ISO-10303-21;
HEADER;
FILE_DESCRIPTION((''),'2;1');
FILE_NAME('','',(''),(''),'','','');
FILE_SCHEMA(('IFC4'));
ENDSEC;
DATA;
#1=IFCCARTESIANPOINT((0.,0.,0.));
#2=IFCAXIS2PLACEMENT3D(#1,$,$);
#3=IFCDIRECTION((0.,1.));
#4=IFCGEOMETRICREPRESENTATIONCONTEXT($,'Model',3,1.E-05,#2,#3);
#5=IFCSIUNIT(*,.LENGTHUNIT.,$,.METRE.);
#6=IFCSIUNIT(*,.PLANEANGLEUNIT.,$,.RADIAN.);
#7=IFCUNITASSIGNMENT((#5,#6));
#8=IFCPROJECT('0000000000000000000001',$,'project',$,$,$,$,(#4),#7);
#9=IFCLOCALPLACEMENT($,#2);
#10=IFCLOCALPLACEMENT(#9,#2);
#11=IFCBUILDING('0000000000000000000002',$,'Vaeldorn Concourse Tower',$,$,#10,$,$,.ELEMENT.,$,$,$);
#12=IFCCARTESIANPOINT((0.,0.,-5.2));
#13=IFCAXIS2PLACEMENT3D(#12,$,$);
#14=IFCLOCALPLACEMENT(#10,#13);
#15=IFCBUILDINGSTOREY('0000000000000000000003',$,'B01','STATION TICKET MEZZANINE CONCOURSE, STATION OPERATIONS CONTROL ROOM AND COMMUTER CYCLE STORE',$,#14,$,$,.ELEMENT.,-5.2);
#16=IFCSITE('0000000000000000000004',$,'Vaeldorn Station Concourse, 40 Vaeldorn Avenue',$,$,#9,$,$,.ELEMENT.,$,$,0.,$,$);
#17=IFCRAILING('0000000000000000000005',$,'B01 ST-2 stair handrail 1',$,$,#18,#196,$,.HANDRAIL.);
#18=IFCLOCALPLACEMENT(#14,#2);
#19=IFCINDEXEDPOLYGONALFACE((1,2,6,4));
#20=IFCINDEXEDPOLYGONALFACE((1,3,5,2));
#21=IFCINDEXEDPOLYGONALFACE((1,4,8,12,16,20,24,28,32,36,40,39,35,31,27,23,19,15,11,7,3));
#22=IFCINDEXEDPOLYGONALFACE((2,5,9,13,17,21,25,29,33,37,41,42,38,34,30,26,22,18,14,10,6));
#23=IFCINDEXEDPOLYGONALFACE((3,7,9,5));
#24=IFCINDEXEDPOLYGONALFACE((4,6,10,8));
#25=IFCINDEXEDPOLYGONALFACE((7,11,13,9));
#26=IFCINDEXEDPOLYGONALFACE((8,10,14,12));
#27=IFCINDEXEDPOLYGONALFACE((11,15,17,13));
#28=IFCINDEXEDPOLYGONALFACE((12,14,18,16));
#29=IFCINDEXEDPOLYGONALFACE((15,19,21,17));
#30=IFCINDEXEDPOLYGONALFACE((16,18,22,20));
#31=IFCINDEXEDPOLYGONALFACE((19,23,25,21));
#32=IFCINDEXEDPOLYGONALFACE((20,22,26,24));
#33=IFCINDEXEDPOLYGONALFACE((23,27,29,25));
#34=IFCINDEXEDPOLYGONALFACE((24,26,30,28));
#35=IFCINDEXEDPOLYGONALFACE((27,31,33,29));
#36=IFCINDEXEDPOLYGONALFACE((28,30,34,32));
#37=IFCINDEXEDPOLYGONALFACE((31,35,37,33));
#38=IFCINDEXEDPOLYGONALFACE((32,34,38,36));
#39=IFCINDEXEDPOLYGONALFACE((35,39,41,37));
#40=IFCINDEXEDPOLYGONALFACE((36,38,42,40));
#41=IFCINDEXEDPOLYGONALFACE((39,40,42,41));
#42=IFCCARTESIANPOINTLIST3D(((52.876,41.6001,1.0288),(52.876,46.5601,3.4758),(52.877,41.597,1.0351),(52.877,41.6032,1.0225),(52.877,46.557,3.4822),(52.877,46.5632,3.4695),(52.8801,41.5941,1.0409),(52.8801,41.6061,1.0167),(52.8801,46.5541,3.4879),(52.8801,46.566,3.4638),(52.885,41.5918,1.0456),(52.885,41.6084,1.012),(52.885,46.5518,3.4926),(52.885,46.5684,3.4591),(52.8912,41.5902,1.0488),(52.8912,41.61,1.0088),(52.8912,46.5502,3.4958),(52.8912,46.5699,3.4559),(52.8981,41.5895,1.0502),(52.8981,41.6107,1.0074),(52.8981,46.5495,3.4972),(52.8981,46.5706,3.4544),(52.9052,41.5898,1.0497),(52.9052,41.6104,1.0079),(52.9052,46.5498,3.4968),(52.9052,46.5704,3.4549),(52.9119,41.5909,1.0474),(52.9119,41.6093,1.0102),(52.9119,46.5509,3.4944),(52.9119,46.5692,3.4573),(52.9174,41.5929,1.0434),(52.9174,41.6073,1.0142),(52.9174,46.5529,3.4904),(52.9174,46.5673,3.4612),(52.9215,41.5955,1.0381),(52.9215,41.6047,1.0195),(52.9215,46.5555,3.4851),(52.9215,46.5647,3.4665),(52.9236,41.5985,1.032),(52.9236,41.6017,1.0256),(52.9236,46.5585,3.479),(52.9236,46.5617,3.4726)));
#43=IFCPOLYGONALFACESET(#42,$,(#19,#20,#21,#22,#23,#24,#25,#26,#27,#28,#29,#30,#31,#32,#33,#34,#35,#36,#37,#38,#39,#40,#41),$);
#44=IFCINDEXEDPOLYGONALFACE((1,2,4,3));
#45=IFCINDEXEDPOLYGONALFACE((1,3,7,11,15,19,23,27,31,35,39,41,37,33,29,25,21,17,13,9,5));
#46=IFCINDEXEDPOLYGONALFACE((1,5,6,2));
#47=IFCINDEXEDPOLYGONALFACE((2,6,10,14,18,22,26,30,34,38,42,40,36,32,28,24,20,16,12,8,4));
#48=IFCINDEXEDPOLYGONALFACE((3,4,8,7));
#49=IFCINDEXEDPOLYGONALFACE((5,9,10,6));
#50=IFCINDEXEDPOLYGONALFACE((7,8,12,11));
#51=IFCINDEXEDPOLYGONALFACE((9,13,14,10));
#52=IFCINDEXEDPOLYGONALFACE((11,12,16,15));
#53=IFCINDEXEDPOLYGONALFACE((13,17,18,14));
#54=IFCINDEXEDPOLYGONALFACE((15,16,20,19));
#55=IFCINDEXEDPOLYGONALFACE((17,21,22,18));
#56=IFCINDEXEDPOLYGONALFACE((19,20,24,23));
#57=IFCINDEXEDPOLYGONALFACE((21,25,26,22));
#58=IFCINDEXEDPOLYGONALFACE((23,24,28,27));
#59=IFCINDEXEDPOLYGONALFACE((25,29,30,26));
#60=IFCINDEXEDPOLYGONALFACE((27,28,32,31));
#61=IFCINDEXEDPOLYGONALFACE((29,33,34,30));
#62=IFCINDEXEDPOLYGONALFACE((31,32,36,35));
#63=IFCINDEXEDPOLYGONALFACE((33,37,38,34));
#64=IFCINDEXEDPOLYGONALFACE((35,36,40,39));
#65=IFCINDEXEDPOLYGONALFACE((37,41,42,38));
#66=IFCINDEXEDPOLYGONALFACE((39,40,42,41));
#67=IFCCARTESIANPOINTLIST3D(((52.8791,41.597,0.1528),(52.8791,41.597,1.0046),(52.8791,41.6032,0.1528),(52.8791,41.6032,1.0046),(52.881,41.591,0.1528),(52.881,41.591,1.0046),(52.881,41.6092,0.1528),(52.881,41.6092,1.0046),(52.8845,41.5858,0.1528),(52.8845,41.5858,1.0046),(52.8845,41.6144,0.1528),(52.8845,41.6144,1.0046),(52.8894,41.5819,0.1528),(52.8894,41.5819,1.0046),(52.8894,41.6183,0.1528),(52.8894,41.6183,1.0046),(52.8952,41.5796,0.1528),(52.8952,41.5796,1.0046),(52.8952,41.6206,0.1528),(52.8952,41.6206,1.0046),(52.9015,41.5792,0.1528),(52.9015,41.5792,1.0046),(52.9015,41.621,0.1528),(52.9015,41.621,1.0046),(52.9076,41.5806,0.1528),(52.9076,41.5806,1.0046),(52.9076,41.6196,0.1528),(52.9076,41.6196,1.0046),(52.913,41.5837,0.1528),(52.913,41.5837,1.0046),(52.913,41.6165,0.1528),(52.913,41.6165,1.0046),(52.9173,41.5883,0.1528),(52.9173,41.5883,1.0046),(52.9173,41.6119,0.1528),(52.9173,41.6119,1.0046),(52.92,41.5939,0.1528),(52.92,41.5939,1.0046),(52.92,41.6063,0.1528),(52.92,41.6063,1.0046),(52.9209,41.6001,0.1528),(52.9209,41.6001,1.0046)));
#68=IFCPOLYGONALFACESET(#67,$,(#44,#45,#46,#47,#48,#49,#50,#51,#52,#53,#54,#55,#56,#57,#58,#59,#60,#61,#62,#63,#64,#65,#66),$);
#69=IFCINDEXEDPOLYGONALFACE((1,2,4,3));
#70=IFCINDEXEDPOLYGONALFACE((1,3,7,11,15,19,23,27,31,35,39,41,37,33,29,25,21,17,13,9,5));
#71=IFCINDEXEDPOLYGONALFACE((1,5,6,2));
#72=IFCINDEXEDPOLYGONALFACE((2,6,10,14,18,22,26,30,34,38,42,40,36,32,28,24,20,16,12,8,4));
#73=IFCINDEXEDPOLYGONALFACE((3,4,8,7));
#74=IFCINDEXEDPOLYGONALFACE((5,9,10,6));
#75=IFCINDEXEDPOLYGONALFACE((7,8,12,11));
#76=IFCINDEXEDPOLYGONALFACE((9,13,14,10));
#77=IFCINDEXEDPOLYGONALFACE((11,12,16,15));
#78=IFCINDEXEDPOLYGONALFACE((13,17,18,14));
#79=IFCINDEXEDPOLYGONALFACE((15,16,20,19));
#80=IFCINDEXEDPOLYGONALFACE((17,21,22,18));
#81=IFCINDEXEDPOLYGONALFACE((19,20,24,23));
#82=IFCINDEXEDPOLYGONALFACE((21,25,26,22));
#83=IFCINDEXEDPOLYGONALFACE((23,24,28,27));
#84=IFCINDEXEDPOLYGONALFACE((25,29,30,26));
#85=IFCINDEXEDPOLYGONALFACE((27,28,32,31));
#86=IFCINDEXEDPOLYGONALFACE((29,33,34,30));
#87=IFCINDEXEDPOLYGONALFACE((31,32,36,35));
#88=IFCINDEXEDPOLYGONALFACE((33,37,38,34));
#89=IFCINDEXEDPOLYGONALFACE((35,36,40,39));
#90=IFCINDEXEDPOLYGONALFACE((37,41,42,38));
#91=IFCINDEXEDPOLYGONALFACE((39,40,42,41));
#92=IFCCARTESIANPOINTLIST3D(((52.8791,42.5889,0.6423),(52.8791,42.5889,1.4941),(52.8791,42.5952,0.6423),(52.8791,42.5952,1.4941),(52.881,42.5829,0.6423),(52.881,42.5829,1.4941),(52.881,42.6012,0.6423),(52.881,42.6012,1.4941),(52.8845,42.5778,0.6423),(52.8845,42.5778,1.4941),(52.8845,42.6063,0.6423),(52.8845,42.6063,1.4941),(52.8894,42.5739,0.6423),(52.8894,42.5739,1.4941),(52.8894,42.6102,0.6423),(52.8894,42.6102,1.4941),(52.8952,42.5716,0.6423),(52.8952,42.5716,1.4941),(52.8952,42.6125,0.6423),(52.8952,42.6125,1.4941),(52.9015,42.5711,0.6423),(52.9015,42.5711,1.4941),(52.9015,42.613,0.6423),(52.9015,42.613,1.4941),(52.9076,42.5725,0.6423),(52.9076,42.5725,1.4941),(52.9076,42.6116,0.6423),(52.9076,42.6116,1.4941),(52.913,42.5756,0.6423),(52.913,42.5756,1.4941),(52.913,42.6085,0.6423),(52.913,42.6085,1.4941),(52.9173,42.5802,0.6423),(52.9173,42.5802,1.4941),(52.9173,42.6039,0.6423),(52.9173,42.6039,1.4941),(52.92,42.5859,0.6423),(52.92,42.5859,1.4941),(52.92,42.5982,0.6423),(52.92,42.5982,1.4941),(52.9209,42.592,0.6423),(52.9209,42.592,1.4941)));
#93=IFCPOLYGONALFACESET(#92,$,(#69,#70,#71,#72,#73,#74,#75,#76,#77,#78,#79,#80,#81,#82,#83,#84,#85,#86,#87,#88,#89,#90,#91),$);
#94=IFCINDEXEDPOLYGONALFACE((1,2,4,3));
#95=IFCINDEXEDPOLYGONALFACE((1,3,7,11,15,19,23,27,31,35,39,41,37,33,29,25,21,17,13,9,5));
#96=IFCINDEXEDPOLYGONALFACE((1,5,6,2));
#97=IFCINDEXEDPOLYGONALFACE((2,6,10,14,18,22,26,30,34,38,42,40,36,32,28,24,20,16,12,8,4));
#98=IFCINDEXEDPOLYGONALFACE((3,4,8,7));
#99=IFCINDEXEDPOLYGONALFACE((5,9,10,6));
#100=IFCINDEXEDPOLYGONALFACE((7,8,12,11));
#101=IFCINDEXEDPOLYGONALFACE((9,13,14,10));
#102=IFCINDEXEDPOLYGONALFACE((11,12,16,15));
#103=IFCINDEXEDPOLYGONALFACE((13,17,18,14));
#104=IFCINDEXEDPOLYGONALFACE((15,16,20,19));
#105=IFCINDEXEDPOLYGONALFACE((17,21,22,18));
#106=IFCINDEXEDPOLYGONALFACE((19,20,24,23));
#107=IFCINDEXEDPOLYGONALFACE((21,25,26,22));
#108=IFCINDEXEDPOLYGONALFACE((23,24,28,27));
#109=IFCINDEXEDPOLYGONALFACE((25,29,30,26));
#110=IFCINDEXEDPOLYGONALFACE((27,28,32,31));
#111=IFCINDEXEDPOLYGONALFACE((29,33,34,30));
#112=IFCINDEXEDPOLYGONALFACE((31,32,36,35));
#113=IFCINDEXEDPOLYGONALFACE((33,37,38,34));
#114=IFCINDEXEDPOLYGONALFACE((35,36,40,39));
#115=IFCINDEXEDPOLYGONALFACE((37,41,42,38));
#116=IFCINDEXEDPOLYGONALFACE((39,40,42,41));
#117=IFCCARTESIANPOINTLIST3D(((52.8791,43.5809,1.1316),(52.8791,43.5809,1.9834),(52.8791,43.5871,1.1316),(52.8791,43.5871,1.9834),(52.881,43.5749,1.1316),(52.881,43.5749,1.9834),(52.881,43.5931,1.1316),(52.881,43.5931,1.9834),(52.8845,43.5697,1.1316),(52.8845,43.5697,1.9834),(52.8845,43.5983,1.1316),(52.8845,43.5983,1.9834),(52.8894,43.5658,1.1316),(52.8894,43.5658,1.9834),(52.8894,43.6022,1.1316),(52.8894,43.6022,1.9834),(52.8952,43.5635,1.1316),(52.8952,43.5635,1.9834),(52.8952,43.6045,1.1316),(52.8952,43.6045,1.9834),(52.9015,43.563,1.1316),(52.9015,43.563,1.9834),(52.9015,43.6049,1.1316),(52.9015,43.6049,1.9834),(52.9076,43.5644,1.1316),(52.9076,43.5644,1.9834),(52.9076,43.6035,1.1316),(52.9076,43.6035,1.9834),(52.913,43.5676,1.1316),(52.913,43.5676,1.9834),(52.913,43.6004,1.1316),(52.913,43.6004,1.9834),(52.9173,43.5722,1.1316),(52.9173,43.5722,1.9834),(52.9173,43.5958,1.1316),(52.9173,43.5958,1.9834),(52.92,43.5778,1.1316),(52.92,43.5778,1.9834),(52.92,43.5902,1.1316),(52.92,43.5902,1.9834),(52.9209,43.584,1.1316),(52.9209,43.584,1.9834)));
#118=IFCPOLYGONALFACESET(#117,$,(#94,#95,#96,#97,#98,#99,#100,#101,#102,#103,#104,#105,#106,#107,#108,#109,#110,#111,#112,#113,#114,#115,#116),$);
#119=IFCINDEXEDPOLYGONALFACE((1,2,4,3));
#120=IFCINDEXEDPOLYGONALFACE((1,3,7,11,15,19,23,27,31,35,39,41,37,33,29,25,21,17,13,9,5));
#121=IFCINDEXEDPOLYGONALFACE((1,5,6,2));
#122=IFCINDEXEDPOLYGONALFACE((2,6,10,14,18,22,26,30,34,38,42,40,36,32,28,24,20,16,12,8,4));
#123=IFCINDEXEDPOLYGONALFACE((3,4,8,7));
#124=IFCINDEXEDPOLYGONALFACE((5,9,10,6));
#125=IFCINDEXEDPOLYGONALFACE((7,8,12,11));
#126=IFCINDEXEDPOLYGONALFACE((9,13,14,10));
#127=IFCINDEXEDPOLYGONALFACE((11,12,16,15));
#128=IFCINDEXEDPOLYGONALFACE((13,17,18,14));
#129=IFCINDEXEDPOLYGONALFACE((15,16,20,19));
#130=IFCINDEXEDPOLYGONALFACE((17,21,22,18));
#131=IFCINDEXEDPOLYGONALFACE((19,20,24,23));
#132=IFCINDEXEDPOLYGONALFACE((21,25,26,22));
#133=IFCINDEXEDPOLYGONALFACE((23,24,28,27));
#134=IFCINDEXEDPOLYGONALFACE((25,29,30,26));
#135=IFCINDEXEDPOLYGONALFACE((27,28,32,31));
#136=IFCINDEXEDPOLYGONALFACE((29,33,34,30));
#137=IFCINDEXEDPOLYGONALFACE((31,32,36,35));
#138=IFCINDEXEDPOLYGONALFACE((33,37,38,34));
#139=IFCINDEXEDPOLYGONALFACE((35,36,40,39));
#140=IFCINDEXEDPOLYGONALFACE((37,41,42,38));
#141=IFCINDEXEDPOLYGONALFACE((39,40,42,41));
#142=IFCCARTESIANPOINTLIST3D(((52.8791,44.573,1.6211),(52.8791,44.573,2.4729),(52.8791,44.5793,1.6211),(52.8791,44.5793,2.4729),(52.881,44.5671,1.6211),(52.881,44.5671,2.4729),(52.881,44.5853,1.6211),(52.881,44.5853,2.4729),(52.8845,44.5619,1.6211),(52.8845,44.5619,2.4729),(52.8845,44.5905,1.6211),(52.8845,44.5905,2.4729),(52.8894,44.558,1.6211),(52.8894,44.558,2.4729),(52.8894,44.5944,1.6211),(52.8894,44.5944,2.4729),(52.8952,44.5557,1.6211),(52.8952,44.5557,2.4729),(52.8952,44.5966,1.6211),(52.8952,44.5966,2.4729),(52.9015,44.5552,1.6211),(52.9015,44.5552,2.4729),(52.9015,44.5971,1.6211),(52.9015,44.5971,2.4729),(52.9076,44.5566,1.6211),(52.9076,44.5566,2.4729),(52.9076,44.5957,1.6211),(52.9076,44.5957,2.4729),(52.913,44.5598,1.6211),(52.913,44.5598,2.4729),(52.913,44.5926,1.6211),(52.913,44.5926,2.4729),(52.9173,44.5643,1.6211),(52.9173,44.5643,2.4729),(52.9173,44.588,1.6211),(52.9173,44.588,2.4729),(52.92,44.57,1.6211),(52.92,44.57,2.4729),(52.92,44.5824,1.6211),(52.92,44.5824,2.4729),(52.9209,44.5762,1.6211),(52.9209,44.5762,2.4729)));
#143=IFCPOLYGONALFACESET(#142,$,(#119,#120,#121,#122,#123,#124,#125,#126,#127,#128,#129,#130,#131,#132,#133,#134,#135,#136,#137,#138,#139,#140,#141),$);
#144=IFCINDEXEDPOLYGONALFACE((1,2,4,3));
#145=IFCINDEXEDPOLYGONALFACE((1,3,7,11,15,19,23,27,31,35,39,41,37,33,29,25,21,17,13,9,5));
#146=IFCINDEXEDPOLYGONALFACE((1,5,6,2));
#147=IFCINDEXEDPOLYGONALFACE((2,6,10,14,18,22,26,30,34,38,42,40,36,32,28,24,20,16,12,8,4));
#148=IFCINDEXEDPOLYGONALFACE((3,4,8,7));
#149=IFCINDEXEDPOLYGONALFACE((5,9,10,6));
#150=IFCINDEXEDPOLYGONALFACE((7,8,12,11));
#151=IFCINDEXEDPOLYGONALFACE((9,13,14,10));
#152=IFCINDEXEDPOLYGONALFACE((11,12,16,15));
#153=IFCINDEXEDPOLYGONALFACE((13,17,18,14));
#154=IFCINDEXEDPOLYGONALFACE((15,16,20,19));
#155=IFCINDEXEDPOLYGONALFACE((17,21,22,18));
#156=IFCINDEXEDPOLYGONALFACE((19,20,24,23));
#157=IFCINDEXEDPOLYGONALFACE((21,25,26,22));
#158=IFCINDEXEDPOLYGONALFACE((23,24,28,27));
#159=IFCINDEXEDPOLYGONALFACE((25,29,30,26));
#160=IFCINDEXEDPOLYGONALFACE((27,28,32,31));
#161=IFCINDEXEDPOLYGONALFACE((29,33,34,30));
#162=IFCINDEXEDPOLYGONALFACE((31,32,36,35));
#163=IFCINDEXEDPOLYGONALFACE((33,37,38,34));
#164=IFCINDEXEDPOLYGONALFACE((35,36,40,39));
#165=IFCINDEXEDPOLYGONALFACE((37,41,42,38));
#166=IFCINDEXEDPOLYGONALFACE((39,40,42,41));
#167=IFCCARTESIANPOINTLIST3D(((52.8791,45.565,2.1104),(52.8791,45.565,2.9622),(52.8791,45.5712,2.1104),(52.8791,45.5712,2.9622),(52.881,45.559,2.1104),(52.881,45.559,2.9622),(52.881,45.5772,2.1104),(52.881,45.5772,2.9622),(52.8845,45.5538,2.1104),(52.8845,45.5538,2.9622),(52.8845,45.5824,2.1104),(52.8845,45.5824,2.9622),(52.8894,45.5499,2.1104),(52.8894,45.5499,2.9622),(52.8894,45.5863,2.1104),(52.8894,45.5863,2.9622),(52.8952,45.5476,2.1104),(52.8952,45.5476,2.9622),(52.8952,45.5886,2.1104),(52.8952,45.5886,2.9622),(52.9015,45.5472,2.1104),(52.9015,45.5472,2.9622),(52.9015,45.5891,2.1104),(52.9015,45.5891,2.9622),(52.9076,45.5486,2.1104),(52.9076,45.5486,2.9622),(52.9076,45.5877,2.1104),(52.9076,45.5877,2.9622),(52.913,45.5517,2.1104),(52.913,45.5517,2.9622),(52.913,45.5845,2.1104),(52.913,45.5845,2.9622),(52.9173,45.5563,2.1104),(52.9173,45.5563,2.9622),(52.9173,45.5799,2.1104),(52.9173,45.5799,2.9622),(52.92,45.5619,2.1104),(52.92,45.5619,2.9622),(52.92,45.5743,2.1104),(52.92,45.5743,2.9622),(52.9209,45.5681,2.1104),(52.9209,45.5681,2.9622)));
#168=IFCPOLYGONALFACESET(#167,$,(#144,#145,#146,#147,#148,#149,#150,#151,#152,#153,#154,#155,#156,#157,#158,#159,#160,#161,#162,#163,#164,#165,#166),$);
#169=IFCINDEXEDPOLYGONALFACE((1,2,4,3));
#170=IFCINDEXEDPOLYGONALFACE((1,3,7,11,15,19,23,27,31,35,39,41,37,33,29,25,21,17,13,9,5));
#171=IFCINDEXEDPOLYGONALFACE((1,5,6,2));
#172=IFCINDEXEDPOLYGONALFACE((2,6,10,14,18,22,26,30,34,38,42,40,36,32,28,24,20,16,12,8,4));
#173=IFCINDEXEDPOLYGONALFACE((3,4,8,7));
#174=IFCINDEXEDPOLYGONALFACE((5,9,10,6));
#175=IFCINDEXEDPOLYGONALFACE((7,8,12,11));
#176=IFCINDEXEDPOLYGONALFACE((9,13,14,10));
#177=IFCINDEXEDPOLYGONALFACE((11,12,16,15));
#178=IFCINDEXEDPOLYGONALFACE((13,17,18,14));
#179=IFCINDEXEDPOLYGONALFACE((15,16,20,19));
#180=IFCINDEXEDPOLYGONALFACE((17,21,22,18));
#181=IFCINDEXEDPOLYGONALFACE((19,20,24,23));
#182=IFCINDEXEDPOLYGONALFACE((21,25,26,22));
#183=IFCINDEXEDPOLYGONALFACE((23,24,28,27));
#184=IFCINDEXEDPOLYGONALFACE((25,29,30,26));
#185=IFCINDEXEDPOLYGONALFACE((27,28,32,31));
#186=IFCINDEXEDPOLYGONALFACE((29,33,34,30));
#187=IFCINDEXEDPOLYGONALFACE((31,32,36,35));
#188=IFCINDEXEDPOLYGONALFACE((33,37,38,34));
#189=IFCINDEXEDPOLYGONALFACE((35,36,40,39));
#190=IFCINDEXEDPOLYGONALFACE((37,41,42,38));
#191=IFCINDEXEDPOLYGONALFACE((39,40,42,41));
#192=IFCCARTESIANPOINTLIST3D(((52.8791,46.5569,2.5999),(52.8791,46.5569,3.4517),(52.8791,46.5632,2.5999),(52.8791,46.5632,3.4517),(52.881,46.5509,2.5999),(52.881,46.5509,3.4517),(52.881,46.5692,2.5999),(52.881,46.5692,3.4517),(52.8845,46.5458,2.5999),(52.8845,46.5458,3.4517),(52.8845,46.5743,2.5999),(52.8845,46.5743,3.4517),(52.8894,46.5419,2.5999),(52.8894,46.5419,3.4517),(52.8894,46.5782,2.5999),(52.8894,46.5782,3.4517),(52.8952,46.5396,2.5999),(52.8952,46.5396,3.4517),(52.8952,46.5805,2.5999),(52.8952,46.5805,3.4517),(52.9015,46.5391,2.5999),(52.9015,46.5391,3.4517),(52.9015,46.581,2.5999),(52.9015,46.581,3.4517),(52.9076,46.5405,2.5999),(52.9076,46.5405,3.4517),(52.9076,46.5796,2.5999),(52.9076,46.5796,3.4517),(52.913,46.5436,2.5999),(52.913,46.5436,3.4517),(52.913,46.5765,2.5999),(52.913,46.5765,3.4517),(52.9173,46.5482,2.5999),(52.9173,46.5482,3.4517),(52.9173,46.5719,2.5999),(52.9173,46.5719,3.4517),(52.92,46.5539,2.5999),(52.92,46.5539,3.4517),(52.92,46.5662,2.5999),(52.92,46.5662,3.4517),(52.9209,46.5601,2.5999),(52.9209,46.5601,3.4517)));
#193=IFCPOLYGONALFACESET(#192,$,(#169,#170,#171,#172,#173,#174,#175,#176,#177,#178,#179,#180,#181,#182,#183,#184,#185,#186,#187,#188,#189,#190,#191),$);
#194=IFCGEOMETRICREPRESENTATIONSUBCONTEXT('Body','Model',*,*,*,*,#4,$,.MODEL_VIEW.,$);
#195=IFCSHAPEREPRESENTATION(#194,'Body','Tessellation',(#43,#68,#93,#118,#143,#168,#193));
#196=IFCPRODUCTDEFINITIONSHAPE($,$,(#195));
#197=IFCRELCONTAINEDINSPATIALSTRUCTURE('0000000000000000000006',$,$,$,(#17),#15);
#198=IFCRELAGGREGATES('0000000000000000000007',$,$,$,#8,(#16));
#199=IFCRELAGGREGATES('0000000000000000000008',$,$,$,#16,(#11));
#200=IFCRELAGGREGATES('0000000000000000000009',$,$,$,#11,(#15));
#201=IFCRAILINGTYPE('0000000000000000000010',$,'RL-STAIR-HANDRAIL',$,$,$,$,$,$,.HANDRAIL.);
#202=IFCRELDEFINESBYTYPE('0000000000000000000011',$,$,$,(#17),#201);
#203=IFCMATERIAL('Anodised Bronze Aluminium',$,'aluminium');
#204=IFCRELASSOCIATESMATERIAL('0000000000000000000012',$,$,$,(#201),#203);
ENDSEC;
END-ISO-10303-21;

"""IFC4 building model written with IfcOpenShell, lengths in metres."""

from ifc_helpers import new_model, si_unit, direction, frame, origin, origin_2d, place, context, subcontext, project, spatial, circle, extrude, material, type_object, element, save


model = new_model("IFC4")

# Units and contexts
model_context = context("Model", 3, precision=1e-05, world=origin(), true_north=direction((0.0, 1.0)))
body_context = subcontext(model_context, "Body", "Model", "MODEL_VIEW")
ifc_project = project(units=[si_unit("LENGTHUNIT", "METRE"), si_unit("PLANEANGLEUNIT", "RADIAN")], contexts=[model_context])

# Site, building, storey
site_placement = place(None, origin())
site = spatial("IfcSite", under=ifc_project, at=site_placement, Name="Vaeldorn Station Concourse, 40 Vaeldorn Avenue", CompositionType="ELEMENT", RefElevation=0.0)
building_placement = place(site_placement, origin())
building = spatial("IfcBuilding", under=site, at=building_placement, Name="Vaeldorn Concourse Tower", CompositionType="ELEMENT")
storey_placement = place(building_placement, frame((0.0, 0.0, -5.2)))
storey = spatial("IfcBuildingStorey", under=building, at=storey_placement, Name="B01", Description="STATION TICKET MEZZANINE CONCOURSE, STATION OPERATIONS CONTROL ROOM AND COMMUTER CYCLE STORE", CompositionType="ELEMENT", Elevation=-5.2)

# Railing
ifc_material_1 = material(Name="Anodised Bronze Aluminium", Category="aluminium")
railing_type_1 = type_object("IfcRailingType", Name="RL-STAIR-HANDRAIL", PredefinedType="HANDRAIL", material=ifc_material_1)
for number, where, name in (
    (1, (52.8999, 41.6001, 0.1528), "B01 ST-2 stair handrail 1"),
):
    element("IfcRailing", number, at=place(storey_placement, frame(where)), inside=storey, type_object=railing_type_1, Name=name, PredefinedType="HANDRAIL", context=body_context, shape_type="SweptSolid", body=[
        extrude(circle(Radius=0.0239, at=origin_2d()), frame((0.0, 0.0, 0.876), z_axis=(0.0, 0.896798, 0.44244), x_axis=(-1.0, 0.0, 0.0)), (0.0, 0.0, 1.0), 5.5308),
        extrude(circle(Radius=0.021, at=origin_2d()), origin(), (0.0, 0.0, 1.0), 0.8518),
        extrude(circle(Radius=0.021, at=origin_2d()), frame((0.0, 0.9919, 0.4895)), (0.0, 0.0, 1.0), 0.8518),
        extrude(circle(Radius=0.021, at=origin_2d()), frame((0.0, 1.9839, 0.9788)), (0.0, 0.0, 1.0), 0.8518),
        extrude(circle(Radius=0.021, at=origin_2d()), frame((0.0, 2.9761, 1.4683)), (0.0, 0.0, 1.0), 0.8518),
        extrude(circle(Radius=0.021, at=origin_2d()), frame((0.0, 3.968, 1.9575)), (0.0, 0.0, 1.0), 0.8518),
        extrude(circle(Radius=0.021, at=origin_2d()), frame((0.0, 4.96, 2.447)), (0.0, 0.0, 1.0), 0.8518),
    ])

save(model, "model.ifc")
